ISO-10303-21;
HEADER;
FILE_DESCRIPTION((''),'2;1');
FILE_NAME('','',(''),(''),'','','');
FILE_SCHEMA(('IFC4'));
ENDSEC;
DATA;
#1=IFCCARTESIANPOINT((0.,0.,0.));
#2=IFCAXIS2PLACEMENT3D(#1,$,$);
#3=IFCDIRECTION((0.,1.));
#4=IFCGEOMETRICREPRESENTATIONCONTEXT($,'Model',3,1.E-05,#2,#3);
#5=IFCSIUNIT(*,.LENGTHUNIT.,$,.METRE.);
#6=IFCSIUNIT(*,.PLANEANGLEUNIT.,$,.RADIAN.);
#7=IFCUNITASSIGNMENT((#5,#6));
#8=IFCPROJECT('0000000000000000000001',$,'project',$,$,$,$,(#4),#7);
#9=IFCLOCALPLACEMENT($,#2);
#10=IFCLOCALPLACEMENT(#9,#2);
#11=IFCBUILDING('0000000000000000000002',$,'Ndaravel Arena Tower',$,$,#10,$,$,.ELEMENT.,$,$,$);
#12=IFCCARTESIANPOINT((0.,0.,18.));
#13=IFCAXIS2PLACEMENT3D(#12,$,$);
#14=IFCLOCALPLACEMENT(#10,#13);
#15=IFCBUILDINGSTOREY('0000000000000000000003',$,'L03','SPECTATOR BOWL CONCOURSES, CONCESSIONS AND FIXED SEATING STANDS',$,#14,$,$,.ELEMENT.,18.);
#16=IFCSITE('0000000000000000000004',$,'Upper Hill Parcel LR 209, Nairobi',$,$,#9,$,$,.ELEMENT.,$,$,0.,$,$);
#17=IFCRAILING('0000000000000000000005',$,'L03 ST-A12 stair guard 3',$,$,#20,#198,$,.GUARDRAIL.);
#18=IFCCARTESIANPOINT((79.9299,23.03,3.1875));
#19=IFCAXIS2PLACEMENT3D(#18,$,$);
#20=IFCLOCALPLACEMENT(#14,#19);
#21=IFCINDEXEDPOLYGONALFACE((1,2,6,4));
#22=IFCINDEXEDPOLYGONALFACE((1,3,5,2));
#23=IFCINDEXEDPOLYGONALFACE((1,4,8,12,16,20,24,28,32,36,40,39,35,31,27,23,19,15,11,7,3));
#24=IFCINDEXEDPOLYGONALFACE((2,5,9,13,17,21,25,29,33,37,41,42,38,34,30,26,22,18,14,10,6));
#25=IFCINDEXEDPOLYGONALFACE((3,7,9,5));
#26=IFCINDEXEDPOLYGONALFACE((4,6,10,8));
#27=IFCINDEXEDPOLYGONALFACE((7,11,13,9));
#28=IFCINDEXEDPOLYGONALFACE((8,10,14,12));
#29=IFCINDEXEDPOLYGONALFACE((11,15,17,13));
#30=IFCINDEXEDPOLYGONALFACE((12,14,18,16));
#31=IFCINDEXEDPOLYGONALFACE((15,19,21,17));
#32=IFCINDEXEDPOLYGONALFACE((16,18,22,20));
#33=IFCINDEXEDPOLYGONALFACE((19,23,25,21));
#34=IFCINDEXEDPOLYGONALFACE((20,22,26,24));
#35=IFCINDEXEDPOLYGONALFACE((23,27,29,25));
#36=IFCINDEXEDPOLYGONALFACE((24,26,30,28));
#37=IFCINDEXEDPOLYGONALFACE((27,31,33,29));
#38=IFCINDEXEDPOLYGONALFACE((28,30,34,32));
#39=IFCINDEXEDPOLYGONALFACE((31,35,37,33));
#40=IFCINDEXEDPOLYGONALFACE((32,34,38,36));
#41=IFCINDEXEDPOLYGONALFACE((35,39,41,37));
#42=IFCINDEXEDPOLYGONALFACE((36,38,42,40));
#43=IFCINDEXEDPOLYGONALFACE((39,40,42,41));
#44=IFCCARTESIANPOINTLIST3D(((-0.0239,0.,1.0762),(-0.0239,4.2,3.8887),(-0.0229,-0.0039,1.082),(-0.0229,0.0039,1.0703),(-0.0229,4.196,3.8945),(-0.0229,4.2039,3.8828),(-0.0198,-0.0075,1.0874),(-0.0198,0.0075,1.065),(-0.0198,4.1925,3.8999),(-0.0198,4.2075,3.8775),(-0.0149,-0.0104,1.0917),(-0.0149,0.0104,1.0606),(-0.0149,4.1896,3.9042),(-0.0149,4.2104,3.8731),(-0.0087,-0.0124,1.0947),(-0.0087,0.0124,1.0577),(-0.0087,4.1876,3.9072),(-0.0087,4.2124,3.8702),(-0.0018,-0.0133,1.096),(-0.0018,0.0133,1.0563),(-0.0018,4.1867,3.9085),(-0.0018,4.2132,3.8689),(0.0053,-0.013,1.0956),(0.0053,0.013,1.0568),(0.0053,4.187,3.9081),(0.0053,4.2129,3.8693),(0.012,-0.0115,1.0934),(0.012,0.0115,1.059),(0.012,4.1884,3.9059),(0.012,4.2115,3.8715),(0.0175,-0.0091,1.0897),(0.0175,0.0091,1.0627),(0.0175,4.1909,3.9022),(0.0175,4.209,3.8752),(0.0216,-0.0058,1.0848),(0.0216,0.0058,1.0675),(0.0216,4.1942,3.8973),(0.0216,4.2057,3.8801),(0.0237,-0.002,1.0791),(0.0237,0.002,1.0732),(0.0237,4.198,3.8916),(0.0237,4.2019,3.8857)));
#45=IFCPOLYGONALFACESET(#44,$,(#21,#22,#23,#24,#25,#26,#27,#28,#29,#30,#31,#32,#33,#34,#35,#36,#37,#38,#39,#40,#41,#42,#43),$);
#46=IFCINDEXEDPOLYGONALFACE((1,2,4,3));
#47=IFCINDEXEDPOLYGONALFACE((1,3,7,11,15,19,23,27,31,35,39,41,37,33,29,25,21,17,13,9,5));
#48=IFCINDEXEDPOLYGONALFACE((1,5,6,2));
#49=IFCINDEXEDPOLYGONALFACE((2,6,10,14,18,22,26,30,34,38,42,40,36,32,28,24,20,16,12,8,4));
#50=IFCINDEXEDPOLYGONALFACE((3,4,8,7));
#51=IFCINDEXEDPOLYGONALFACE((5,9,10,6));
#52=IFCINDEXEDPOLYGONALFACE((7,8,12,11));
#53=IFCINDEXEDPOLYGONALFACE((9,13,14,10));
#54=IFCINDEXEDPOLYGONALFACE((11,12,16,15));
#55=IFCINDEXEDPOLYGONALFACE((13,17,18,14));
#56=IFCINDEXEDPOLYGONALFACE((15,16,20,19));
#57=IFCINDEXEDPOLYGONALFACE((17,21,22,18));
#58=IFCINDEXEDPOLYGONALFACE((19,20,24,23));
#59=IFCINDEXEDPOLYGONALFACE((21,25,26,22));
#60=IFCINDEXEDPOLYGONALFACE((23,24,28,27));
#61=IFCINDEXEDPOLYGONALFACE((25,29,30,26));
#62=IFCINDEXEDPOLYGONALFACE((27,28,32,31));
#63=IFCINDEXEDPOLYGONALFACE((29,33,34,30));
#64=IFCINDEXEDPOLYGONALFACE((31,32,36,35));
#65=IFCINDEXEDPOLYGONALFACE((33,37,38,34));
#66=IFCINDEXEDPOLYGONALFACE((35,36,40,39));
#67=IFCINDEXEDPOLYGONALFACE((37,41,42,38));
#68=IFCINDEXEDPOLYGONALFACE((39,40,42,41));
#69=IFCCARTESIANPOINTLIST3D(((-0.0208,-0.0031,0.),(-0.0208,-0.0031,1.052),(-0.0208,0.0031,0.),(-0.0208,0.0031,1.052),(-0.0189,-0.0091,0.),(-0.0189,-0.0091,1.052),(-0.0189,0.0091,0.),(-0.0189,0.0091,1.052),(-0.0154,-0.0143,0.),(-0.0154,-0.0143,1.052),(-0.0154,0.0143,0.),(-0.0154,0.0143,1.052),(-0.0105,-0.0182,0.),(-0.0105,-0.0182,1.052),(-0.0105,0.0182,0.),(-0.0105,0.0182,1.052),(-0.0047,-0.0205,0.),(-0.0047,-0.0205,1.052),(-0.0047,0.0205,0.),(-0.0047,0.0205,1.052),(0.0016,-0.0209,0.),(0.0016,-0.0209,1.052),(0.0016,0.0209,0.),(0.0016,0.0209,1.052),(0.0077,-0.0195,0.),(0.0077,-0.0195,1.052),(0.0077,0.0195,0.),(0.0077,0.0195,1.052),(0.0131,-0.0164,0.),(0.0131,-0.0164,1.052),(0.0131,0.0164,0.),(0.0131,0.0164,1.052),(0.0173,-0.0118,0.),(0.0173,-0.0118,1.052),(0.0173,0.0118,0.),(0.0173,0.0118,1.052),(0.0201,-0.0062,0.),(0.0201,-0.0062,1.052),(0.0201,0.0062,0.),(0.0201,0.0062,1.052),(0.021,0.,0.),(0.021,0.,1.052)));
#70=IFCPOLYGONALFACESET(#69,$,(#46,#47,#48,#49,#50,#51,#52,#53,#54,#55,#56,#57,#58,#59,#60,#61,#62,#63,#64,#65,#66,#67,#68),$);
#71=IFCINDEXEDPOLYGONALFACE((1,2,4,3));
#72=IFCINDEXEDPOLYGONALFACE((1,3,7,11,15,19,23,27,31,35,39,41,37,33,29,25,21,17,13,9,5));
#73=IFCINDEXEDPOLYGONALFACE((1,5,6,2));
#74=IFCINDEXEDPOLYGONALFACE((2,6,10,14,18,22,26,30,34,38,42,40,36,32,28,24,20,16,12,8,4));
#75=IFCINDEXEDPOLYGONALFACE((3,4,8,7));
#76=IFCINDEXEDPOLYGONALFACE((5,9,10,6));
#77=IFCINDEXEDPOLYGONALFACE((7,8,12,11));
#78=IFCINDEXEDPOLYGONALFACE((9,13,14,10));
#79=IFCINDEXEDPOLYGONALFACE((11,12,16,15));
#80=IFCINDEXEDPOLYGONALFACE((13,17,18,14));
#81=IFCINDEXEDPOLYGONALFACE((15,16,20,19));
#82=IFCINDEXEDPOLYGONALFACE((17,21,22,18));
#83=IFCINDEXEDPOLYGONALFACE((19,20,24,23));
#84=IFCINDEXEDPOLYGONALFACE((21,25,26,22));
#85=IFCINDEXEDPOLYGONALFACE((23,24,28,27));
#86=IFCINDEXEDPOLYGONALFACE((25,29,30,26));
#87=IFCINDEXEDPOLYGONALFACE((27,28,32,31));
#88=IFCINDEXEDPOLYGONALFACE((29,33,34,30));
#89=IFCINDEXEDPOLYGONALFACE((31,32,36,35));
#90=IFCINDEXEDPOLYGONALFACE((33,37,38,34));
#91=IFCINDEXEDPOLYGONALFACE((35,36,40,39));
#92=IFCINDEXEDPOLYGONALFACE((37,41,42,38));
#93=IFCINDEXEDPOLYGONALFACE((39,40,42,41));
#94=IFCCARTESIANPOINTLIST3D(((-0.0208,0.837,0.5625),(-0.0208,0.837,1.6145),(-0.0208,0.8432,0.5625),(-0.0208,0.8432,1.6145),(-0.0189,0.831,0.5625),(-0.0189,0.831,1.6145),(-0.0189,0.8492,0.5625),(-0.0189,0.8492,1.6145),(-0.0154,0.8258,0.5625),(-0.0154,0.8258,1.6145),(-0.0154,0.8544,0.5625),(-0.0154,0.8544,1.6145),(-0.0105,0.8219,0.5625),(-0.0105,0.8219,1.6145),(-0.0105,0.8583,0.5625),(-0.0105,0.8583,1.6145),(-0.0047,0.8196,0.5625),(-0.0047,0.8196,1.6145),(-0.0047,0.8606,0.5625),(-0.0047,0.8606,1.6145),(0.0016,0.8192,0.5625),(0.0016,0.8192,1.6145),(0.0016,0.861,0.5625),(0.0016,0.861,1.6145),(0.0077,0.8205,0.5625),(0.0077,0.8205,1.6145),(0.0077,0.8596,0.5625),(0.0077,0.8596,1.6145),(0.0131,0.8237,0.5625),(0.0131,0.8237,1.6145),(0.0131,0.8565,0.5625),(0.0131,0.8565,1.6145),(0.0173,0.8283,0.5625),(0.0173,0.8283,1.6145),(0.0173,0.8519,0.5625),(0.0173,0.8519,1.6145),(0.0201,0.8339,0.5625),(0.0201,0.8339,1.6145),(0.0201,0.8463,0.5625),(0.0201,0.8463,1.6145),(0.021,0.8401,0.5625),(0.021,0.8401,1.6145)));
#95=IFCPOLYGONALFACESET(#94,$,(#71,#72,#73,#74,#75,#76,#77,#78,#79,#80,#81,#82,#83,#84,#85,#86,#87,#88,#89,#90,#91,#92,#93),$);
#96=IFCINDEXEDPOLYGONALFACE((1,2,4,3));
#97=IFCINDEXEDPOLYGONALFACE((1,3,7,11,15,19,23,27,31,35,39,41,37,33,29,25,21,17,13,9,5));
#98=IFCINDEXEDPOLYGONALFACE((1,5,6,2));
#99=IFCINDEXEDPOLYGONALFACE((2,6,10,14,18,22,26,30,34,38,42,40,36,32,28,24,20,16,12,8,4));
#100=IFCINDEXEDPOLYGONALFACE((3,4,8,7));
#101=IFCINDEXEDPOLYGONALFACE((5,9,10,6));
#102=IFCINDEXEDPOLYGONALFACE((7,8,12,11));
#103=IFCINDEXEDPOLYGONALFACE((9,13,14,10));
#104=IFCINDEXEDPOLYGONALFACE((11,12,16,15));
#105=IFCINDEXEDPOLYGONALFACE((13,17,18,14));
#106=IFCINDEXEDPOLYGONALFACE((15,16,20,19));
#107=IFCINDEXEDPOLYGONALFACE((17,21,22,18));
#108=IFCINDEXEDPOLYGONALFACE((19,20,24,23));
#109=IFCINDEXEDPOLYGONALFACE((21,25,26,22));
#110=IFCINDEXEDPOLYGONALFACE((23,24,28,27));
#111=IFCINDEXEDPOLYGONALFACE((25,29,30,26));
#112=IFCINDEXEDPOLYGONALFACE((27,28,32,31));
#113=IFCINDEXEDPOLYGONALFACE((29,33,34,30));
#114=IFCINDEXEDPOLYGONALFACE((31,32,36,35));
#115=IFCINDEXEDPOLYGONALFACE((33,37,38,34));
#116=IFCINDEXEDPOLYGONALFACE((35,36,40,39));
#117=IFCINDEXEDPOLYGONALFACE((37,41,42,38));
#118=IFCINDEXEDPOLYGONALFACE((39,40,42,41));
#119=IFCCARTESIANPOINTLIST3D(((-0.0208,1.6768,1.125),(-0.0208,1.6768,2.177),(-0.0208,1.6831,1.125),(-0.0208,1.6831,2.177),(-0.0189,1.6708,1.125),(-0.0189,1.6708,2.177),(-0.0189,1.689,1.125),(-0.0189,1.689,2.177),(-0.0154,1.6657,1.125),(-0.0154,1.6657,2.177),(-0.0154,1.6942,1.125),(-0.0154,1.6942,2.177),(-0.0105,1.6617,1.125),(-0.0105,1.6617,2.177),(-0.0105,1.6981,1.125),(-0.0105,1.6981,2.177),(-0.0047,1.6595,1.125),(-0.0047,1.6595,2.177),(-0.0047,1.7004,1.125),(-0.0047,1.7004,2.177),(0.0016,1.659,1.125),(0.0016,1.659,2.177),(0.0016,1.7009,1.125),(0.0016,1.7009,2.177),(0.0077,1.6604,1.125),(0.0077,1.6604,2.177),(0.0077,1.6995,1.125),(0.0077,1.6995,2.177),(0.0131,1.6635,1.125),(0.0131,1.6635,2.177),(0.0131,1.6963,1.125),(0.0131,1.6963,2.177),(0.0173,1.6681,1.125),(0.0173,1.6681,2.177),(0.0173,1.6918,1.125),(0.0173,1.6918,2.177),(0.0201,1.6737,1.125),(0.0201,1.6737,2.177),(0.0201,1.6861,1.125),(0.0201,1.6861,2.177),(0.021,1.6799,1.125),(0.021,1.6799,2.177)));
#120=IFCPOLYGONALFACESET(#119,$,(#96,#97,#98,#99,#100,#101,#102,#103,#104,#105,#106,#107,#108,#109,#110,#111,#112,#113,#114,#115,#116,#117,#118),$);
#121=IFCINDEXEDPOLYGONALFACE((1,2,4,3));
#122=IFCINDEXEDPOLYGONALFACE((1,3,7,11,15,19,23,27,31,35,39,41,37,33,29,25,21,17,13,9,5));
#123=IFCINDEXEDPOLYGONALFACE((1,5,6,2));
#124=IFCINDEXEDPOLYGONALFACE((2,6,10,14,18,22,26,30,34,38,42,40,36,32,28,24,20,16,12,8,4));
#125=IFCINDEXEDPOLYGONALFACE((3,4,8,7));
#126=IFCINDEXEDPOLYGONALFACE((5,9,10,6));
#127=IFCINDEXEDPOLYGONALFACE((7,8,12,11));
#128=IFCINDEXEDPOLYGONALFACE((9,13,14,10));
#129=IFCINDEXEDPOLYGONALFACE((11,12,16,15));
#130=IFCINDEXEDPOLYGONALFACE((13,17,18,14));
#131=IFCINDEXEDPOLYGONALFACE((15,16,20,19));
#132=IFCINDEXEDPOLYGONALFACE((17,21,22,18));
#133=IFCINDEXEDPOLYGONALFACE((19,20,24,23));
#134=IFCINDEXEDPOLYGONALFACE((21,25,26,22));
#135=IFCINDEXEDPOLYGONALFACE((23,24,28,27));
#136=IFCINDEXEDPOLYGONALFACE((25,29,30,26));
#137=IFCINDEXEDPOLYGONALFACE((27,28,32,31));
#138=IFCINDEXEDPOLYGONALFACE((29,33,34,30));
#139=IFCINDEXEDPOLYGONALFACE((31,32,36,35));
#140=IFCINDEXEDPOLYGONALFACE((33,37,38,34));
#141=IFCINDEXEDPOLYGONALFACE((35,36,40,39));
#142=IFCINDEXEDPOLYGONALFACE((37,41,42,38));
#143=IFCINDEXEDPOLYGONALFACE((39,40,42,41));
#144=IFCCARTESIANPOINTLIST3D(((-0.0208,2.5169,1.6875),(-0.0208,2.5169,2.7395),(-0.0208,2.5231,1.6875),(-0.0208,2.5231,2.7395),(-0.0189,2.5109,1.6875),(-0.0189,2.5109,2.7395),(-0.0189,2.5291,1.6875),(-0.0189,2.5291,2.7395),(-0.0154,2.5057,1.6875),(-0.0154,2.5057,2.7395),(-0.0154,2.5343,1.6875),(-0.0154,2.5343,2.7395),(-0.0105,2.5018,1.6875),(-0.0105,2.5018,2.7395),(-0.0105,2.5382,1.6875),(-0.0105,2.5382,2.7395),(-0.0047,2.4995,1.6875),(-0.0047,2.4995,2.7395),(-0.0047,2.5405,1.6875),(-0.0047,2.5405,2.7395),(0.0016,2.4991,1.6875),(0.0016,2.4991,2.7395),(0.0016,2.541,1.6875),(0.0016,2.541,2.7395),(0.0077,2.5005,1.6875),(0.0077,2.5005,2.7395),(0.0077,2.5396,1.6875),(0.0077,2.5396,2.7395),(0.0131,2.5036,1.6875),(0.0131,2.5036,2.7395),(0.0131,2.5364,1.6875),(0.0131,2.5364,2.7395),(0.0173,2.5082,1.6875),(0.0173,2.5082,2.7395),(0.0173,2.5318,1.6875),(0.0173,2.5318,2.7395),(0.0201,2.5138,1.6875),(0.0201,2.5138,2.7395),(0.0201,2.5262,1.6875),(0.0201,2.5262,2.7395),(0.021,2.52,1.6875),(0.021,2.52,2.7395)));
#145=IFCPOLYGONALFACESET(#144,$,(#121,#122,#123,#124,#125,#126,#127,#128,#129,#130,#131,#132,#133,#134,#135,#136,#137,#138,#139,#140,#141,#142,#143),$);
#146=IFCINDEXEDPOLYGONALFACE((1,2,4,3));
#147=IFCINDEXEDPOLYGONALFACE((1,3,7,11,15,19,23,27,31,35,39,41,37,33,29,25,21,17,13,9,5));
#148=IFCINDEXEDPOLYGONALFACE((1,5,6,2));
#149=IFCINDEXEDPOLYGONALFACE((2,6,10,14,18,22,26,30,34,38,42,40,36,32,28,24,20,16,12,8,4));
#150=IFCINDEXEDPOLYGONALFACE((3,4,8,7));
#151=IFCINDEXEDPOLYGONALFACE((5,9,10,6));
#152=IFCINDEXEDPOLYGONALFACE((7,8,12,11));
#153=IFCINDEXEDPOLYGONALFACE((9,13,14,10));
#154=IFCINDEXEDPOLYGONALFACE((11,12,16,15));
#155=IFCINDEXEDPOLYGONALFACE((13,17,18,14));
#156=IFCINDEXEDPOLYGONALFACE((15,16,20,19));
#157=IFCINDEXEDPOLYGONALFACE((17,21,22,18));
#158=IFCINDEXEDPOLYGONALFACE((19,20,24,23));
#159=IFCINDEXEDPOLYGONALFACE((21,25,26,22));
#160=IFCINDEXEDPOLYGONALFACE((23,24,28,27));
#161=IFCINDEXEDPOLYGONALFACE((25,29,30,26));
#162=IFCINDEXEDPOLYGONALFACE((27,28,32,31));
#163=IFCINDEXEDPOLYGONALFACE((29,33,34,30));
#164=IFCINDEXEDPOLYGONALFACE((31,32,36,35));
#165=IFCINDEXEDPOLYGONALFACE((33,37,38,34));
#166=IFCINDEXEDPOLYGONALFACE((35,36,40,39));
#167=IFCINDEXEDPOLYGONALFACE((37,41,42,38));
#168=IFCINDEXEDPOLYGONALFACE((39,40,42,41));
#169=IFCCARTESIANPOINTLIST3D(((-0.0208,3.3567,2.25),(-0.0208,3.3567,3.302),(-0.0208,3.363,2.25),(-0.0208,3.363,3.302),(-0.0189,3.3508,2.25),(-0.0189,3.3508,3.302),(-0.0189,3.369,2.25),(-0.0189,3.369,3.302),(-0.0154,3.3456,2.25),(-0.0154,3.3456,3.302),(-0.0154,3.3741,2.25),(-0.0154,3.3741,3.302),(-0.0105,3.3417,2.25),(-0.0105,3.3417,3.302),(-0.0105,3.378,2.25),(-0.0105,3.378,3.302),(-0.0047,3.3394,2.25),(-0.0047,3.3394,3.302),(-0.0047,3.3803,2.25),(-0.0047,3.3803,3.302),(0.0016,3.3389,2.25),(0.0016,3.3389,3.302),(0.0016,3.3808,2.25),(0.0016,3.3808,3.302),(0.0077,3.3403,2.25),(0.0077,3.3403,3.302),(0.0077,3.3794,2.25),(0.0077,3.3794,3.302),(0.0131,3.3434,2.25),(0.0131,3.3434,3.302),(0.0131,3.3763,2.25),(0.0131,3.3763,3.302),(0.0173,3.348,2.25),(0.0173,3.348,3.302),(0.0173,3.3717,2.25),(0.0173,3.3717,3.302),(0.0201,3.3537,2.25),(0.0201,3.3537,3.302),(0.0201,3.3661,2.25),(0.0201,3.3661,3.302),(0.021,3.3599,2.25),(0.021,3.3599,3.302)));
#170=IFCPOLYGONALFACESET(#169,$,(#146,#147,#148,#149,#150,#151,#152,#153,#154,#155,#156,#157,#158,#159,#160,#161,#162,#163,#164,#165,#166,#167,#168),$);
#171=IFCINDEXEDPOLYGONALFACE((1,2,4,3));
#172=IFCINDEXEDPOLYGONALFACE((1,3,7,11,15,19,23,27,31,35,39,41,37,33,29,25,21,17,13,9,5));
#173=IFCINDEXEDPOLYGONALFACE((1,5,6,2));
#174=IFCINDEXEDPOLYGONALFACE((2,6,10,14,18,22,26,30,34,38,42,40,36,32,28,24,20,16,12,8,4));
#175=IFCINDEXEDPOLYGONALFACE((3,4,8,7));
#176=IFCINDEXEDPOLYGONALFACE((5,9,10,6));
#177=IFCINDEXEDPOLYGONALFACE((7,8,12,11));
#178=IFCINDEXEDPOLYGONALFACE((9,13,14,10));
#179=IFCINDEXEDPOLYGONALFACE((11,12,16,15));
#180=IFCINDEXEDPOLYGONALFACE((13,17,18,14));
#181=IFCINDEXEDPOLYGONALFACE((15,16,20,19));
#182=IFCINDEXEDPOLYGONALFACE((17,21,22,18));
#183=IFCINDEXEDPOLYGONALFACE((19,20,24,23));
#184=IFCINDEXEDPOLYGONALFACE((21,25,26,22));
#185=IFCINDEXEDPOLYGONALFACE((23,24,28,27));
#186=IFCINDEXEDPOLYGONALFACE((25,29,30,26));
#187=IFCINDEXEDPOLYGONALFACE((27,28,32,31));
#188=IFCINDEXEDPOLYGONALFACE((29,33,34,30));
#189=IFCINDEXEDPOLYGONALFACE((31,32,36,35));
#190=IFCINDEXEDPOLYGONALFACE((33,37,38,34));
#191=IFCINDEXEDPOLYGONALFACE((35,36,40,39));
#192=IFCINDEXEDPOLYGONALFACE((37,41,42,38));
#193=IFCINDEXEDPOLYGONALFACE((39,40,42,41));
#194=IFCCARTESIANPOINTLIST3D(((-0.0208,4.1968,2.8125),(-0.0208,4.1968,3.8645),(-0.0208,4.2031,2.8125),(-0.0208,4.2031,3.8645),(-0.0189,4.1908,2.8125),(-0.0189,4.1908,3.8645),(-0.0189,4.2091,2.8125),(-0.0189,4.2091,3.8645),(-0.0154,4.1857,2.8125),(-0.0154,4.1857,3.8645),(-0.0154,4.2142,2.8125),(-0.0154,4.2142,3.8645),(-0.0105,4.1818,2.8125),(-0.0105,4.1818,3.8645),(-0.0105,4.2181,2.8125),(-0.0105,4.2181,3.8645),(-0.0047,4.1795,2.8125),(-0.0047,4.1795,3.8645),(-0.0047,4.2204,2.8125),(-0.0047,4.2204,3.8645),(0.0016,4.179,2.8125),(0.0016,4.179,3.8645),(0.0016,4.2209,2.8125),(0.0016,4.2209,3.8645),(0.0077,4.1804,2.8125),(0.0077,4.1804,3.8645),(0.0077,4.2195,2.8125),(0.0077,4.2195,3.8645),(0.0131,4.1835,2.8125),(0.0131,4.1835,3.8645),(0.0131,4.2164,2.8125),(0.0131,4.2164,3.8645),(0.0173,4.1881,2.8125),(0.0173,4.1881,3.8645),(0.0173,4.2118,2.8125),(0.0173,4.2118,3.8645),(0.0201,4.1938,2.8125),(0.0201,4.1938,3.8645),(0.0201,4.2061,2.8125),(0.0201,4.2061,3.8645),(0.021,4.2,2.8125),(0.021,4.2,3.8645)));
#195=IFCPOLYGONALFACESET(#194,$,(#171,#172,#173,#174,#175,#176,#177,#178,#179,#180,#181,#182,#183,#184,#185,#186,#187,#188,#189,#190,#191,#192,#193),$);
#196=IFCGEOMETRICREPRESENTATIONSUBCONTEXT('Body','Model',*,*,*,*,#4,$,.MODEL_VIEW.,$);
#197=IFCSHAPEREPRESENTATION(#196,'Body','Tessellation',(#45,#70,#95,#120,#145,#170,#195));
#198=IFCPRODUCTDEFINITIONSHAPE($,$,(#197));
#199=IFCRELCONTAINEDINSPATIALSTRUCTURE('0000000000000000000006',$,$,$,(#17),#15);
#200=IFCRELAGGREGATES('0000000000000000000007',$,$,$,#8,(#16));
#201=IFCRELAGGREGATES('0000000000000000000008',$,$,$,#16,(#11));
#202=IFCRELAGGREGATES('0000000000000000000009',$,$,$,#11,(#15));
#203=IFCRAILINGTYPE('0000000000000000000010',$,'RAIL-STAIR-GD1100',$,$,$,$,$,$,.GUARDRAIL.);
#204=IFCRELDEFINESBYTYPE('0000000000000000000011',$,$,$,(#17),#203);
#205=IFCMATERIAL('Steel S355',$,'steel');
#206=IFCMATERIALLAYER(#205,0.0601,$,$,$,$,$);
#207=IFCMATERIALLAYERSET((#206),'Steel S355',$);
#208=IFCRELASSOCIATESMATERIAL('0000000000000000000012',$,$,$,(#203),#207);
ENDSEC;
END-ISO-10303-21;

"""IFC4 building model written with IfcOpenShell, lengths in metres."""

from ifc_helpers import new_model, si_unit, direction, frame, origin, origin_2d, place, context, subcontext, project, spatial, circle, extrude, material, layer, layer_set, type_object, element, save


model = new_model("IFC4")

# Units and contexts
model_context = context("Model", 3, precision=1e-05, world=origin(), true_north=direction((0.0, 1.0)))
body_context = subcontext(model_context, "Body", "Model", "MODEL_VIEW")
ifc_project = project(units=[si_unit("LENGTHUNIT", "METRE"), si_unit("PLANEANGLEUNIT", "RADIAN")], contexts=[model_context])

# Site, building, storey
site_placement = place(None, origin())
site = spatial("IfcSite", under=ifc_project, at=site_placement, Name="Upper Hill Parcel LR 209, Nairobi", CompositionType="ELEMENT", RefElevation=0.0)
building_placement = place(site_placement, origin())
building = spatial("IfcBuilding", under=site, at=building_placement, Name="Ndaravel Arena Tower", CompositionType="ELEMENT")
storey_placement = place(building_placement, frame((0.0, 0.0, 18.0)))
storey = spatial("IfcBuildingStorey", under=building, at=storey_placement, Name="L03", Description="SPECTATOR BOWL CONCOURSES, CONCESSIONS AND FIXED SEATING STANDS", CompositionType="ELEMENT", Elevation=18.0)

# Railing
ifc_material_1 = material(Name="Steel S355", Category="steel")
ifc_layer_1 = layer(ifc_material_1, 0.0601)
ifc_layer_set_1 = layer_set([ifc_layer_1], Name="Steel S355")
railing_type_1 = type_object("IfcRailingType", Name="RAIL-STAIR-GD1100", PredefinedType="GUARDRAIL", material=ifc_layer_set_1)
railing_1_placement = place(storey_placement, frame((79.9299, 23.03, 3.1875)))
element("IfcRailing", 1, at=railing_1_placement, inside=storey, type_object=railing_type_1, Name="L03 ST-A12 stair guard 3", PredefinedType="GUARDRAIL", context=body_context, shape_type="SweptSolid", body=[
    extrude(circle(Radius=0.0239, at=origin_2d()), frame((0.0, 0.0, 1.0762), z_axis=(0.0, 0.830904, 0.556416), x_axis=(-1.0, 0.0, 0.0)), (0.0, 0.0, 1.0), 5.0547),
    extrude(circle(Radius=0.021, at=origin_2d()), origin(), (0.0, 0.0, 1.0), 1.052),
    extrude(circle(Radius=0.021, at=origin_2d()), frame((0.0, 0.8401, 0.5625)), (0.0, 0.0, 1.0), 1.052),
    extrude(circle(Radius=0.021, at=origin_2d()), frame((0.0, 1.6799, 1.125)), (0.0, 0.0, 1.0), 1.052),
    extrude(circle(Radius=0.021, at=origin_2d()), frame((0.0, 2.52, 1.6875)), (0.0, 0.0, 1.0), 1.052),
    extrude(circle(Radius=0.021, at=origin_2d()), frame((0.0, 3.3599, 2.25)), (0.0, 0.0, 1.0), 1.052),
    extrude(circle(Radius=0.021, at=origin_2d()), frame((0.0, 4.2, 2.8125)), (0.0, 0.0, 1.0), 1.052),
])

save(model, "model.ifc")
